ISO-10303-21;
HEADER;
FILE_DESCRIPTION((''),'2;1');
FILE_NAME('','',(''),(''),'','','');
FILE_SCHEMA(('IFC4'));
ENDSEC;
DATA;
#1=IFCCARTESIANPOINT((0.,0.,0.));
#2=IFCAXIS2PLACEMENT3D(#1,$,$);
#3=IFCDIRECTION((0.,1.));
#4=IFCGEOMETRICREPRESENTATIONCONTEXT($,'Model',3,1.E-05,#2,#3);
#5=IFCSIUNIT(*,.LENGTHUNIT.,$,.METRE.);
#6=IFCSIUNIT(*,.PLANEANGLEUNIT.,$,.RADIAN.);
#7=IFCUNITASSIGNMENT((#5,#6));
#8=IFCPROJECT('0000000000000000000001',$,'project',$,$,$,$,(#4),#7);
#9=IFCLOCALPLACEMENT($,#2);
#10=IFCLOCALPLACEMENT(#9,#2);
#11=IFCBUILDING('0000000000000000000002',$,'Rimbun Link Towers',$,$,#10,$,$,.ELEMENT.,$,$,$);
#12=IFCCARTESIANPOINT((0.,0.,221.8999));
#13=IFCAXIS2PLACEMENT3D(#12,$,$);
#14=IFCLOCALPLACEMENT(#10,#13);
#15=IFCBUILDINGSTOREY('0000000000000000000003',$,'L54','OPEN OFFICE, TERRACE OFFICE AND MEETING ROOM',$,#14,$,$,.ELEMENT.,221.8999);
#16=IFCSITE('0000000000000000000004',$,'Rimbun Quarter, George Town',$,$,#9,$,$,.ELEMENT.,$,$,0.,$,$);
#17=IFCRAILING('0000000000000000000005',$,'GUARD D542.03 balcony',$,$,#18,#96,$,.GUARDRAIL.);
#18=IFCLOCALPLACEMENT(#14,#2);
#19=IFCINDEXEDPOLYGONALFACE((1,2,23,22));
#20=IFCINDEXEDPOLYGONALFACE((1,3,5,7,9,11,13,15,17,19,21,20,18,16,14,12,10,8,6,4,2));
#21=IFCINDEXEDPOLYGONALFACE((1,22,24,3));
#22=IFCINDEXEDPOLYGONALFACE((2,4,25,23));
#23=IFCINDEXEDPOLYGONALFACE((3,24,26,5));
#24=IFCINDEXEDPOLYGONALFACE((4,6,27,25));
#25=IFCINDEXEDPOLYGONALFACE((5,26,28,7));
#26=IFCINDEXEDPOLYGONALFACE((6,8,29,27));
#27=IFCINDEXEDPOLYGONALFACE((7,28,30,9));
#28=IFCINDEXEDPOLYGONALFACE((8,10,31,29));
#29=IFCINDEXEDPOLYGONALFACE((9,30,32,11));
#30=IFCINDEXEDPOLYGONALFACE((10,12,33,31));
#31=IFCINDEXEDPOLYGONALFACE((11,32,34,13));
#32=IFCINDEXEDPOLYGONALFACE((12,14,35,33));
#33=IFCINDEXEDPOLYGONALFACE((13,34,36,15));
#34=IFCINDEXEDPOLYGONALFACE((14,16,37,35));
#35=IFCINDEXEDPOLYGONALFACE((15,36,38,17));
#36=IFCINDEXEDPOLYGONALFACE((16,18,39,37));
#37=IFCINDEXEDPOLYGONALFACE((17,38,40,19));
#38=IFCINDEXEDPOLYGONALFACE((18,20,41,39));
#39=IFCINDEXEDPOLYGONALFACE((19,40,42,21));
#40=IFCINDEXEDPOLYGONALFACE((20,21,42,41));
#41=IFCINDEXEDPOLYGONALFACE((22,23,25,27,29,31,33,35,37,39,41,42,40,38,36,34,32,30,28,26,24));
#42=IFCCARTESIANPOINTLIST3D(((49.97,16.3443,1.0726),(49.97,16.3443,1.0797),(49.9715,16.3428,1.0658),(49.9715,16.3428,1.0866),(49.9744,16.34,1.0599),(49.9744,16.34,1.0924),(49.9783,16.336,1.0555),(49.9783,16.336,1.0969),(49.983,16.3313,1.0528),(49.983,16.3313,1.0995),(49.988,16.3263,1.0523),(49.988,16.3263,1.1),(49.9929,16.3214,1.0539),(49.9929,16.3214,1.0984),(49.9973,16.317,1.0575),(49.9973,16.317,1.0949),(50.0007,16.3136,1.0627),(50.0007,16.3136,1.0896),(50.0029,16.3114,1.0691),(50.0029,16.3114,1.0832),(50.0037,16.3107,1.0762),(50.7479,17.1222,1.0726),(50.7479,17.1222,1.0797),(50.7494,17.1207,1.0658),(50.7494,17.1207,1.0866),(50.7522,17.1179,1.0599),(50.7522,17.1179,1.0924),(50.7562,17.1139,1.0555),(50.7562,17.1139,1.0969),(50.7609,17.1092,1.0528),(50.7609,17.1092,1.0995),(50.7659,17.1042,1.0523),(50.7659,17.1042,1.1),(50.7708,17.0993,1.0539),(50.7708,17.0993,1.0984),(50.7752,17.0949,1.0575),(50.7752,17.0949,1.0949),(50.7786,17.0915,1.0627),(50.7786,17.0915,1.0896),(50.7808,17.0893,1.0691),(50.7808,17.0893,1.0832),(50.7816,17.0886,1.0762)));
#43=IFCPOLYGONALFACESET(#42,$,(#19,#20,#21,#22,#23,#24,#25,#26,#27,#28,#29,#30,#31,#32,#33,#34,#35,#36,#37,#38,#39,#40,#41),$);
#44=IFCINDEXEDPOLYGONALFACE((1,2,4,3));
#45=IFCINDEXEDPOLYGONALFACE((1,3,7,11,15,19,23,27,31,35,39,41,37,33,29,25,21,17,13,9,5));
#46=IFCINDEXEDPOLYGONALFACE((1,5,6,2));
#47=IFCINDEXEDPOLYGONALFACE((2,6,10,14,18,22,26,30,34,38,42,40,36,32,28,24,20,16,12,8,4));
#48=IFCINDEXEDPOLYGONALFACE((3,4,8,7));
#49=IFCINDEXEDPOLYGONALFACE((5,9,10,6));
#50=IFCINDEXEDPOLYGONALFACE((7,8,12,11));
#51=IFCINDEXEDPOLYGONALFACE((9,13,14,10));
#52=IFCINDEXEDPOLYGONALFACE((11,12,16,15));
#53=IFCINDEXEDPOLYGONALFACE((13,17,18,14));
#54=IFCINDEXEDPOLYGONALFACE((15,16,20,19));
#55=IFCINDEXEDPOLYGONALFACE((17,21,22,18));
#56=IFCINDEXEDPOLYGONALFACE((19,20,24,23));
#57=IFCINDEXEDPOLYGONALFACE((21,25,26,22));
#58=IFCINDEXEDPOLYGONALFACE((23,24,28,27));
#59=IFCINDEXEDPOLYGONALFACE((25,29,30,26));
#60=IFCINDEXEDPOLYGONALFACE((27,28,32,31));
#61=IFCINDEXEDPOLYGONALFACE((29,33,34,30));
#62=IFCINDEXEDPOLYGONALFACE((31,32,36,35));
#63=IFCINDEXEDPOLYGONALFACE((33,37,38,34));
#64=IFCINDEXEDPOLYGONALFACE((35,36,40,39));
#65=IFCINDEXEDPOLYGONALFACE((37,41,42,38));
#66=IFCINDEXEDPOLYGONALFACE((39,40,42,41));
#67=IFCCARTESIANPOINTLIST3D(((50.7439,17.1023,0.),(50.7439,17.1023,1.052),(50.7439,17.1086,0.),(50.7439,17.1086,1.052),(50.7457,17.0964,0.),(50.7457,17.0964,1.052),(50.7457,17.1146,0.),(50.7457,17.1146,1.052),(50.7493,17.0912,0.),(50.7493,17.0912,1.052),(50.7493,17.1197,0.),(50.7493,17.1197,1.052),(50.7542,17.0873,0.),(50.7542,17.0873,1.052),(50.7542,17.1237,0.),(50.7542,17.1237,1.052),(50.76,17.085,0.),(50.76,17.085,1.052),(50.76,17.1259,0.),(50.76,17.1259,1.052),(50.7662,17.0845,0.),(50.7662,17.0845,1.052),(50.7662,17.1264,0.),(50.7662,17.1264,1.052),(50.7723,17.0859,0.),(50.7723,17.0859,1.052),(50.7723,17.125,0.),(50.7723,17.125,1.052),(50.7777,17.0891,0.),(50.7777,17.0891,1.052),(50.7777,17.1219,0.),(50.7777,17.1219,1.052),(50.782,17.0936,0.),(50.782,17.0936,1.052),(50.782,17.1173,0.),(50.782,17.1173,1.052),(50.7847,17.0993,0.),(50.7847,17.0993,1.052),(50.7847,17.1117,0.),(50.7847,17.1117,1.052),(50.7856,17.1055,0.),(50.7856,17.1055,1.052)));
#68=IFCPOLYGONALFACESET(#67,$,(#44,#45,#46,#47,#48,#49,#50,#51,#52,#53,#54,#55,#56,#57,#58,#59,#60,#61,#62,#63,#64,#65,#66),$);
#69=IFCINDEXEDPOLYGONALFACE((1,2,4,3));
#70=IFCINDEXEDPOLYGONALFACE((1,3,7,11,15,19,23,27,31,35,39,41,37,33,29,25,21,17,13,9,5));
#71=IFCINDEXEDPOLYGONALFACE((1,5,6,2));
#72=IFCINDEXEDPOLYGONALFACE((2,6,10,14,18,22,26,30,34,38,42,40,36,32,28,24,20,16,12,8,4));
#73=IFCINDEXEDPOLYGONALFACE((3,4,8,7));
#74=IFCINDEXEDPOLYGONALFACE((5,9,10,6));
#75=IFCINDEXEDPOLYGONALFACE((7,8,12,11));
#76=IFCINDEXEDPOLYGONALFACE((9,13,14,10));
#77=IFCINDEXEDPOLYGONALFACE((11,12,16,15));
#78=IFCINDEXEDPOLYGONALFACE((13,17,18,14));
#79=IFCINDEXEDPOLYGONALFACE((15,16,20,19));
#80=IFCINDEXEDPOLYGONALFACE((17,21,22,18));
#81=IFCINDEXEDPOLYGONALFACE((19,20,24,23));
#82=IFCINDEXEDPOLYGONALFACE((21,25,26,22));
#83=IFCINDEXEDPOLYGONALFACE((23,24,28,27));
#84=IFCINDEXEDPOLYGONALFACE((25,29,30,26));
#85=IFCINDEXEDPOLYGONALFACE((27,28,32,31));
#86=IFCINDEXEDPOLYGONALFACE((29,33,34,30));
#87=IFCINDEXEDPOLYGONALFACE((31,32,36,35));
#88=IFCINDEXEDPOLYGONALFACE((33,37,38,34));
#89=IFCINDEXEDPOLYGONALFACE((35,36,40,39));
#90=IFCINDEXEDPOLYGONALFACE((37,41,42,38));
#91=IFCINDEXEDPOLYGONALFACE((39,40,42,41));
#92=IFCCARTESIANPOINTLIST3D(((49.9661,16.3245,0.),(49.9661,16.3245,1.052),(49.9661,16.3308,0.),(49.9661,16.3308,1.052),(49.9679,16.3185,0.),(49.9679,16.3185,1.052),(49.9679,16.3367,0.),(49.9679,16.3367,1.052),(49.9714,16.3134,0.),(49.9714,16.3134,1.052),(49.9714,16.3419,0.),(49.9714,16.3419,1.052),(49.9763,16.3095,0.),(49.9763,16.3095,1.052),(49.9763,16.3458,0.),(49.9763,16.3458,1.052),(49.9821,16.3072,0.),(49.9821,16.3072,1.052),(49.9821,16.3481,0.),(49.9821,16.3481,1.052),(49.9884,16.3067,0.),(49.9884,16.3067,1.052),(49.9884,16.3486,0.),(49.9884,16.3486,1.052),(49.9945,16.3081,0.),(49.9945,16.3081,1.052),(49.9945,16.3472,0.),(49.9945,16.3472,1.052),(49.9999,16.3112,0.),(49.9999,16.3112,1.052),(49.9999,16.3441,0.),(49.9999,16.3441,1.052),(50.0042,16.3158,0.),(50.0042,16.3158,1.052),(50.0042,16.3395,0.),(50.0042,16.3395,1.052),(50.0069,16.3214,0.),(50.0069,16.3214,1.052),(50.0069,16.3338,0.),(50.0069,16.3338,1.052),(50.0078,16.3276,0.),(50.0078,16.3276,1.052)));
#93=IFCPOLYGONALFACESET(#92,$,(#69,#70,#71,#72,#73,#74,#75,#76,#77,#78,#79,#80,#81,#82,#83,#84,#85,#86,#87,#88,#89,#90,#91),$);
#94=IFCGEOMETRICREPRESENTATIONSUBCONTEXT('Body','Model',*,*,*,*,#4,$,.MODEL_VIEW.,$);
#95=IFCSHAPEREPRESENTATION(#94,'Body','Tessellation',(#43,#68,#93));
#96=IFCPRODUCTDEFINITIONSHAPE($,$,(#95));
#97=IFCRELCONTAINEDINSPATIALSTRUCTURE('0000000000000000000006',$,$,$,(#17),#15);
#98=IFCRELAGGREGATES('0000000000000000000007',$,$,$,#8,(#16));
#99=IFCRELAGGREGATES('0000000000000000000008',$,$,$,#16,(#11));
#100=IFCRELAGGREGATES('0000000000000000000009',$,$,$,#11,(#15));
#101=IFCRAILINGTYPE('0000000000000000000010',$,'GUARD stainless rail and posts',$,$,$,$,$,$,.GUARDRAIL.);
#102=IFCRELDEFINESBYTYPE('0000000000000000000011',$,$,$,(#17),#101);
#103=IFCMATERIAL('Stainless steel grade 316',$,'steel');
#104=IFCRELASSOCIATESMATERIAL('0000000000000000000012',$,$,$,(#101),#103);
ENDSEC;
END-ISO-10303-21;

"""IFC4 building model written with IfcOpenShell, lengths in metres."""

from ifc_helpers import new_model, si_unit, direction, frame, origin, origin_2d, place, context, subcontext, project, spatial, circle, extrude, material, type_object, element, save


model = new_model("IFC4")

# Units and contexts
model_context = context("Model", 3, precision=1e-05, world=origin(), true_north=direction((0.0, 1.0)))
body_context = subcontext(model_context, "Body", "Model", "MODEL_VIEW")
ifc_project = project(units=[si_unit("LENGTHUNIT", "METRE"), si_unit("PLANEANGLEUNIT", "RADIAN")], contexts=[model_context])

# Site, building, storey
site_placement = place(None, origin())
site = spatial("IfcSite", under=ifc_project, at=site_placement, Name="Rimbun Quarter, George Town", CompositionType="ELEMENT", RefElevation=0.0)
building_placement = place(site_placement, origin())
building = spatial("IfcBuilding", under=site, at=building_placement, Name="Rimbun Link Towers", CompositionType="ELEMENT")
storey_placement = place(building_placement, frame((0.0, 0.0, 221.8999)))
storey = spatial("IfcBuildingStorey", under=building, at=storey_placement, Name="L54", Description="OPEN OFFICE, TERRACE OFFICE AND MEETING ROOM", CompositionType="ELEMENT", Elevation=221.8999)

# Railing
ifc_material_1 = material(Name="Stainless steel grade 316", Category="steel")
railing_type = type_object("IfcRailingType", Name="GUARD stainless rail and posts", PredefinedType="GUARDRAIL", material=ifc_material_1)
railing_1_placement = place(storey_placement, frame((50.7646, 17.1055, 0.0)))
element("IfcRailing", 1, at=railing_1_placement, inside=storey, type_object=railing_type, Name="GUARD D542.03 balcony", PredefinedType="GUARDRAIL", context=body_context, shape_type="SweptSolid", body=[
    extrude(circle(Radius=0.0239, at=origin_2d()), frame((0.0, 0.0, 1.0762), z_axis=(-0.707107, -0.707107, 0.0), x_axis=(0.707107, -0.707107, 0.0)), (0.0, 0.0, 1.0), 1.1001),
    extrude(circle(Radius=0.021, at=origin_2d()), origin(), (0.0, 0.0, 1.0), 1.052),
    extrude(circle(Radius=0.021, at=origin_2d()), frame((-0.7778, -0.7778, 0.0)), (0.0, 0.0, 1.0), 1.052),
])

save(model, "model.ifc")
